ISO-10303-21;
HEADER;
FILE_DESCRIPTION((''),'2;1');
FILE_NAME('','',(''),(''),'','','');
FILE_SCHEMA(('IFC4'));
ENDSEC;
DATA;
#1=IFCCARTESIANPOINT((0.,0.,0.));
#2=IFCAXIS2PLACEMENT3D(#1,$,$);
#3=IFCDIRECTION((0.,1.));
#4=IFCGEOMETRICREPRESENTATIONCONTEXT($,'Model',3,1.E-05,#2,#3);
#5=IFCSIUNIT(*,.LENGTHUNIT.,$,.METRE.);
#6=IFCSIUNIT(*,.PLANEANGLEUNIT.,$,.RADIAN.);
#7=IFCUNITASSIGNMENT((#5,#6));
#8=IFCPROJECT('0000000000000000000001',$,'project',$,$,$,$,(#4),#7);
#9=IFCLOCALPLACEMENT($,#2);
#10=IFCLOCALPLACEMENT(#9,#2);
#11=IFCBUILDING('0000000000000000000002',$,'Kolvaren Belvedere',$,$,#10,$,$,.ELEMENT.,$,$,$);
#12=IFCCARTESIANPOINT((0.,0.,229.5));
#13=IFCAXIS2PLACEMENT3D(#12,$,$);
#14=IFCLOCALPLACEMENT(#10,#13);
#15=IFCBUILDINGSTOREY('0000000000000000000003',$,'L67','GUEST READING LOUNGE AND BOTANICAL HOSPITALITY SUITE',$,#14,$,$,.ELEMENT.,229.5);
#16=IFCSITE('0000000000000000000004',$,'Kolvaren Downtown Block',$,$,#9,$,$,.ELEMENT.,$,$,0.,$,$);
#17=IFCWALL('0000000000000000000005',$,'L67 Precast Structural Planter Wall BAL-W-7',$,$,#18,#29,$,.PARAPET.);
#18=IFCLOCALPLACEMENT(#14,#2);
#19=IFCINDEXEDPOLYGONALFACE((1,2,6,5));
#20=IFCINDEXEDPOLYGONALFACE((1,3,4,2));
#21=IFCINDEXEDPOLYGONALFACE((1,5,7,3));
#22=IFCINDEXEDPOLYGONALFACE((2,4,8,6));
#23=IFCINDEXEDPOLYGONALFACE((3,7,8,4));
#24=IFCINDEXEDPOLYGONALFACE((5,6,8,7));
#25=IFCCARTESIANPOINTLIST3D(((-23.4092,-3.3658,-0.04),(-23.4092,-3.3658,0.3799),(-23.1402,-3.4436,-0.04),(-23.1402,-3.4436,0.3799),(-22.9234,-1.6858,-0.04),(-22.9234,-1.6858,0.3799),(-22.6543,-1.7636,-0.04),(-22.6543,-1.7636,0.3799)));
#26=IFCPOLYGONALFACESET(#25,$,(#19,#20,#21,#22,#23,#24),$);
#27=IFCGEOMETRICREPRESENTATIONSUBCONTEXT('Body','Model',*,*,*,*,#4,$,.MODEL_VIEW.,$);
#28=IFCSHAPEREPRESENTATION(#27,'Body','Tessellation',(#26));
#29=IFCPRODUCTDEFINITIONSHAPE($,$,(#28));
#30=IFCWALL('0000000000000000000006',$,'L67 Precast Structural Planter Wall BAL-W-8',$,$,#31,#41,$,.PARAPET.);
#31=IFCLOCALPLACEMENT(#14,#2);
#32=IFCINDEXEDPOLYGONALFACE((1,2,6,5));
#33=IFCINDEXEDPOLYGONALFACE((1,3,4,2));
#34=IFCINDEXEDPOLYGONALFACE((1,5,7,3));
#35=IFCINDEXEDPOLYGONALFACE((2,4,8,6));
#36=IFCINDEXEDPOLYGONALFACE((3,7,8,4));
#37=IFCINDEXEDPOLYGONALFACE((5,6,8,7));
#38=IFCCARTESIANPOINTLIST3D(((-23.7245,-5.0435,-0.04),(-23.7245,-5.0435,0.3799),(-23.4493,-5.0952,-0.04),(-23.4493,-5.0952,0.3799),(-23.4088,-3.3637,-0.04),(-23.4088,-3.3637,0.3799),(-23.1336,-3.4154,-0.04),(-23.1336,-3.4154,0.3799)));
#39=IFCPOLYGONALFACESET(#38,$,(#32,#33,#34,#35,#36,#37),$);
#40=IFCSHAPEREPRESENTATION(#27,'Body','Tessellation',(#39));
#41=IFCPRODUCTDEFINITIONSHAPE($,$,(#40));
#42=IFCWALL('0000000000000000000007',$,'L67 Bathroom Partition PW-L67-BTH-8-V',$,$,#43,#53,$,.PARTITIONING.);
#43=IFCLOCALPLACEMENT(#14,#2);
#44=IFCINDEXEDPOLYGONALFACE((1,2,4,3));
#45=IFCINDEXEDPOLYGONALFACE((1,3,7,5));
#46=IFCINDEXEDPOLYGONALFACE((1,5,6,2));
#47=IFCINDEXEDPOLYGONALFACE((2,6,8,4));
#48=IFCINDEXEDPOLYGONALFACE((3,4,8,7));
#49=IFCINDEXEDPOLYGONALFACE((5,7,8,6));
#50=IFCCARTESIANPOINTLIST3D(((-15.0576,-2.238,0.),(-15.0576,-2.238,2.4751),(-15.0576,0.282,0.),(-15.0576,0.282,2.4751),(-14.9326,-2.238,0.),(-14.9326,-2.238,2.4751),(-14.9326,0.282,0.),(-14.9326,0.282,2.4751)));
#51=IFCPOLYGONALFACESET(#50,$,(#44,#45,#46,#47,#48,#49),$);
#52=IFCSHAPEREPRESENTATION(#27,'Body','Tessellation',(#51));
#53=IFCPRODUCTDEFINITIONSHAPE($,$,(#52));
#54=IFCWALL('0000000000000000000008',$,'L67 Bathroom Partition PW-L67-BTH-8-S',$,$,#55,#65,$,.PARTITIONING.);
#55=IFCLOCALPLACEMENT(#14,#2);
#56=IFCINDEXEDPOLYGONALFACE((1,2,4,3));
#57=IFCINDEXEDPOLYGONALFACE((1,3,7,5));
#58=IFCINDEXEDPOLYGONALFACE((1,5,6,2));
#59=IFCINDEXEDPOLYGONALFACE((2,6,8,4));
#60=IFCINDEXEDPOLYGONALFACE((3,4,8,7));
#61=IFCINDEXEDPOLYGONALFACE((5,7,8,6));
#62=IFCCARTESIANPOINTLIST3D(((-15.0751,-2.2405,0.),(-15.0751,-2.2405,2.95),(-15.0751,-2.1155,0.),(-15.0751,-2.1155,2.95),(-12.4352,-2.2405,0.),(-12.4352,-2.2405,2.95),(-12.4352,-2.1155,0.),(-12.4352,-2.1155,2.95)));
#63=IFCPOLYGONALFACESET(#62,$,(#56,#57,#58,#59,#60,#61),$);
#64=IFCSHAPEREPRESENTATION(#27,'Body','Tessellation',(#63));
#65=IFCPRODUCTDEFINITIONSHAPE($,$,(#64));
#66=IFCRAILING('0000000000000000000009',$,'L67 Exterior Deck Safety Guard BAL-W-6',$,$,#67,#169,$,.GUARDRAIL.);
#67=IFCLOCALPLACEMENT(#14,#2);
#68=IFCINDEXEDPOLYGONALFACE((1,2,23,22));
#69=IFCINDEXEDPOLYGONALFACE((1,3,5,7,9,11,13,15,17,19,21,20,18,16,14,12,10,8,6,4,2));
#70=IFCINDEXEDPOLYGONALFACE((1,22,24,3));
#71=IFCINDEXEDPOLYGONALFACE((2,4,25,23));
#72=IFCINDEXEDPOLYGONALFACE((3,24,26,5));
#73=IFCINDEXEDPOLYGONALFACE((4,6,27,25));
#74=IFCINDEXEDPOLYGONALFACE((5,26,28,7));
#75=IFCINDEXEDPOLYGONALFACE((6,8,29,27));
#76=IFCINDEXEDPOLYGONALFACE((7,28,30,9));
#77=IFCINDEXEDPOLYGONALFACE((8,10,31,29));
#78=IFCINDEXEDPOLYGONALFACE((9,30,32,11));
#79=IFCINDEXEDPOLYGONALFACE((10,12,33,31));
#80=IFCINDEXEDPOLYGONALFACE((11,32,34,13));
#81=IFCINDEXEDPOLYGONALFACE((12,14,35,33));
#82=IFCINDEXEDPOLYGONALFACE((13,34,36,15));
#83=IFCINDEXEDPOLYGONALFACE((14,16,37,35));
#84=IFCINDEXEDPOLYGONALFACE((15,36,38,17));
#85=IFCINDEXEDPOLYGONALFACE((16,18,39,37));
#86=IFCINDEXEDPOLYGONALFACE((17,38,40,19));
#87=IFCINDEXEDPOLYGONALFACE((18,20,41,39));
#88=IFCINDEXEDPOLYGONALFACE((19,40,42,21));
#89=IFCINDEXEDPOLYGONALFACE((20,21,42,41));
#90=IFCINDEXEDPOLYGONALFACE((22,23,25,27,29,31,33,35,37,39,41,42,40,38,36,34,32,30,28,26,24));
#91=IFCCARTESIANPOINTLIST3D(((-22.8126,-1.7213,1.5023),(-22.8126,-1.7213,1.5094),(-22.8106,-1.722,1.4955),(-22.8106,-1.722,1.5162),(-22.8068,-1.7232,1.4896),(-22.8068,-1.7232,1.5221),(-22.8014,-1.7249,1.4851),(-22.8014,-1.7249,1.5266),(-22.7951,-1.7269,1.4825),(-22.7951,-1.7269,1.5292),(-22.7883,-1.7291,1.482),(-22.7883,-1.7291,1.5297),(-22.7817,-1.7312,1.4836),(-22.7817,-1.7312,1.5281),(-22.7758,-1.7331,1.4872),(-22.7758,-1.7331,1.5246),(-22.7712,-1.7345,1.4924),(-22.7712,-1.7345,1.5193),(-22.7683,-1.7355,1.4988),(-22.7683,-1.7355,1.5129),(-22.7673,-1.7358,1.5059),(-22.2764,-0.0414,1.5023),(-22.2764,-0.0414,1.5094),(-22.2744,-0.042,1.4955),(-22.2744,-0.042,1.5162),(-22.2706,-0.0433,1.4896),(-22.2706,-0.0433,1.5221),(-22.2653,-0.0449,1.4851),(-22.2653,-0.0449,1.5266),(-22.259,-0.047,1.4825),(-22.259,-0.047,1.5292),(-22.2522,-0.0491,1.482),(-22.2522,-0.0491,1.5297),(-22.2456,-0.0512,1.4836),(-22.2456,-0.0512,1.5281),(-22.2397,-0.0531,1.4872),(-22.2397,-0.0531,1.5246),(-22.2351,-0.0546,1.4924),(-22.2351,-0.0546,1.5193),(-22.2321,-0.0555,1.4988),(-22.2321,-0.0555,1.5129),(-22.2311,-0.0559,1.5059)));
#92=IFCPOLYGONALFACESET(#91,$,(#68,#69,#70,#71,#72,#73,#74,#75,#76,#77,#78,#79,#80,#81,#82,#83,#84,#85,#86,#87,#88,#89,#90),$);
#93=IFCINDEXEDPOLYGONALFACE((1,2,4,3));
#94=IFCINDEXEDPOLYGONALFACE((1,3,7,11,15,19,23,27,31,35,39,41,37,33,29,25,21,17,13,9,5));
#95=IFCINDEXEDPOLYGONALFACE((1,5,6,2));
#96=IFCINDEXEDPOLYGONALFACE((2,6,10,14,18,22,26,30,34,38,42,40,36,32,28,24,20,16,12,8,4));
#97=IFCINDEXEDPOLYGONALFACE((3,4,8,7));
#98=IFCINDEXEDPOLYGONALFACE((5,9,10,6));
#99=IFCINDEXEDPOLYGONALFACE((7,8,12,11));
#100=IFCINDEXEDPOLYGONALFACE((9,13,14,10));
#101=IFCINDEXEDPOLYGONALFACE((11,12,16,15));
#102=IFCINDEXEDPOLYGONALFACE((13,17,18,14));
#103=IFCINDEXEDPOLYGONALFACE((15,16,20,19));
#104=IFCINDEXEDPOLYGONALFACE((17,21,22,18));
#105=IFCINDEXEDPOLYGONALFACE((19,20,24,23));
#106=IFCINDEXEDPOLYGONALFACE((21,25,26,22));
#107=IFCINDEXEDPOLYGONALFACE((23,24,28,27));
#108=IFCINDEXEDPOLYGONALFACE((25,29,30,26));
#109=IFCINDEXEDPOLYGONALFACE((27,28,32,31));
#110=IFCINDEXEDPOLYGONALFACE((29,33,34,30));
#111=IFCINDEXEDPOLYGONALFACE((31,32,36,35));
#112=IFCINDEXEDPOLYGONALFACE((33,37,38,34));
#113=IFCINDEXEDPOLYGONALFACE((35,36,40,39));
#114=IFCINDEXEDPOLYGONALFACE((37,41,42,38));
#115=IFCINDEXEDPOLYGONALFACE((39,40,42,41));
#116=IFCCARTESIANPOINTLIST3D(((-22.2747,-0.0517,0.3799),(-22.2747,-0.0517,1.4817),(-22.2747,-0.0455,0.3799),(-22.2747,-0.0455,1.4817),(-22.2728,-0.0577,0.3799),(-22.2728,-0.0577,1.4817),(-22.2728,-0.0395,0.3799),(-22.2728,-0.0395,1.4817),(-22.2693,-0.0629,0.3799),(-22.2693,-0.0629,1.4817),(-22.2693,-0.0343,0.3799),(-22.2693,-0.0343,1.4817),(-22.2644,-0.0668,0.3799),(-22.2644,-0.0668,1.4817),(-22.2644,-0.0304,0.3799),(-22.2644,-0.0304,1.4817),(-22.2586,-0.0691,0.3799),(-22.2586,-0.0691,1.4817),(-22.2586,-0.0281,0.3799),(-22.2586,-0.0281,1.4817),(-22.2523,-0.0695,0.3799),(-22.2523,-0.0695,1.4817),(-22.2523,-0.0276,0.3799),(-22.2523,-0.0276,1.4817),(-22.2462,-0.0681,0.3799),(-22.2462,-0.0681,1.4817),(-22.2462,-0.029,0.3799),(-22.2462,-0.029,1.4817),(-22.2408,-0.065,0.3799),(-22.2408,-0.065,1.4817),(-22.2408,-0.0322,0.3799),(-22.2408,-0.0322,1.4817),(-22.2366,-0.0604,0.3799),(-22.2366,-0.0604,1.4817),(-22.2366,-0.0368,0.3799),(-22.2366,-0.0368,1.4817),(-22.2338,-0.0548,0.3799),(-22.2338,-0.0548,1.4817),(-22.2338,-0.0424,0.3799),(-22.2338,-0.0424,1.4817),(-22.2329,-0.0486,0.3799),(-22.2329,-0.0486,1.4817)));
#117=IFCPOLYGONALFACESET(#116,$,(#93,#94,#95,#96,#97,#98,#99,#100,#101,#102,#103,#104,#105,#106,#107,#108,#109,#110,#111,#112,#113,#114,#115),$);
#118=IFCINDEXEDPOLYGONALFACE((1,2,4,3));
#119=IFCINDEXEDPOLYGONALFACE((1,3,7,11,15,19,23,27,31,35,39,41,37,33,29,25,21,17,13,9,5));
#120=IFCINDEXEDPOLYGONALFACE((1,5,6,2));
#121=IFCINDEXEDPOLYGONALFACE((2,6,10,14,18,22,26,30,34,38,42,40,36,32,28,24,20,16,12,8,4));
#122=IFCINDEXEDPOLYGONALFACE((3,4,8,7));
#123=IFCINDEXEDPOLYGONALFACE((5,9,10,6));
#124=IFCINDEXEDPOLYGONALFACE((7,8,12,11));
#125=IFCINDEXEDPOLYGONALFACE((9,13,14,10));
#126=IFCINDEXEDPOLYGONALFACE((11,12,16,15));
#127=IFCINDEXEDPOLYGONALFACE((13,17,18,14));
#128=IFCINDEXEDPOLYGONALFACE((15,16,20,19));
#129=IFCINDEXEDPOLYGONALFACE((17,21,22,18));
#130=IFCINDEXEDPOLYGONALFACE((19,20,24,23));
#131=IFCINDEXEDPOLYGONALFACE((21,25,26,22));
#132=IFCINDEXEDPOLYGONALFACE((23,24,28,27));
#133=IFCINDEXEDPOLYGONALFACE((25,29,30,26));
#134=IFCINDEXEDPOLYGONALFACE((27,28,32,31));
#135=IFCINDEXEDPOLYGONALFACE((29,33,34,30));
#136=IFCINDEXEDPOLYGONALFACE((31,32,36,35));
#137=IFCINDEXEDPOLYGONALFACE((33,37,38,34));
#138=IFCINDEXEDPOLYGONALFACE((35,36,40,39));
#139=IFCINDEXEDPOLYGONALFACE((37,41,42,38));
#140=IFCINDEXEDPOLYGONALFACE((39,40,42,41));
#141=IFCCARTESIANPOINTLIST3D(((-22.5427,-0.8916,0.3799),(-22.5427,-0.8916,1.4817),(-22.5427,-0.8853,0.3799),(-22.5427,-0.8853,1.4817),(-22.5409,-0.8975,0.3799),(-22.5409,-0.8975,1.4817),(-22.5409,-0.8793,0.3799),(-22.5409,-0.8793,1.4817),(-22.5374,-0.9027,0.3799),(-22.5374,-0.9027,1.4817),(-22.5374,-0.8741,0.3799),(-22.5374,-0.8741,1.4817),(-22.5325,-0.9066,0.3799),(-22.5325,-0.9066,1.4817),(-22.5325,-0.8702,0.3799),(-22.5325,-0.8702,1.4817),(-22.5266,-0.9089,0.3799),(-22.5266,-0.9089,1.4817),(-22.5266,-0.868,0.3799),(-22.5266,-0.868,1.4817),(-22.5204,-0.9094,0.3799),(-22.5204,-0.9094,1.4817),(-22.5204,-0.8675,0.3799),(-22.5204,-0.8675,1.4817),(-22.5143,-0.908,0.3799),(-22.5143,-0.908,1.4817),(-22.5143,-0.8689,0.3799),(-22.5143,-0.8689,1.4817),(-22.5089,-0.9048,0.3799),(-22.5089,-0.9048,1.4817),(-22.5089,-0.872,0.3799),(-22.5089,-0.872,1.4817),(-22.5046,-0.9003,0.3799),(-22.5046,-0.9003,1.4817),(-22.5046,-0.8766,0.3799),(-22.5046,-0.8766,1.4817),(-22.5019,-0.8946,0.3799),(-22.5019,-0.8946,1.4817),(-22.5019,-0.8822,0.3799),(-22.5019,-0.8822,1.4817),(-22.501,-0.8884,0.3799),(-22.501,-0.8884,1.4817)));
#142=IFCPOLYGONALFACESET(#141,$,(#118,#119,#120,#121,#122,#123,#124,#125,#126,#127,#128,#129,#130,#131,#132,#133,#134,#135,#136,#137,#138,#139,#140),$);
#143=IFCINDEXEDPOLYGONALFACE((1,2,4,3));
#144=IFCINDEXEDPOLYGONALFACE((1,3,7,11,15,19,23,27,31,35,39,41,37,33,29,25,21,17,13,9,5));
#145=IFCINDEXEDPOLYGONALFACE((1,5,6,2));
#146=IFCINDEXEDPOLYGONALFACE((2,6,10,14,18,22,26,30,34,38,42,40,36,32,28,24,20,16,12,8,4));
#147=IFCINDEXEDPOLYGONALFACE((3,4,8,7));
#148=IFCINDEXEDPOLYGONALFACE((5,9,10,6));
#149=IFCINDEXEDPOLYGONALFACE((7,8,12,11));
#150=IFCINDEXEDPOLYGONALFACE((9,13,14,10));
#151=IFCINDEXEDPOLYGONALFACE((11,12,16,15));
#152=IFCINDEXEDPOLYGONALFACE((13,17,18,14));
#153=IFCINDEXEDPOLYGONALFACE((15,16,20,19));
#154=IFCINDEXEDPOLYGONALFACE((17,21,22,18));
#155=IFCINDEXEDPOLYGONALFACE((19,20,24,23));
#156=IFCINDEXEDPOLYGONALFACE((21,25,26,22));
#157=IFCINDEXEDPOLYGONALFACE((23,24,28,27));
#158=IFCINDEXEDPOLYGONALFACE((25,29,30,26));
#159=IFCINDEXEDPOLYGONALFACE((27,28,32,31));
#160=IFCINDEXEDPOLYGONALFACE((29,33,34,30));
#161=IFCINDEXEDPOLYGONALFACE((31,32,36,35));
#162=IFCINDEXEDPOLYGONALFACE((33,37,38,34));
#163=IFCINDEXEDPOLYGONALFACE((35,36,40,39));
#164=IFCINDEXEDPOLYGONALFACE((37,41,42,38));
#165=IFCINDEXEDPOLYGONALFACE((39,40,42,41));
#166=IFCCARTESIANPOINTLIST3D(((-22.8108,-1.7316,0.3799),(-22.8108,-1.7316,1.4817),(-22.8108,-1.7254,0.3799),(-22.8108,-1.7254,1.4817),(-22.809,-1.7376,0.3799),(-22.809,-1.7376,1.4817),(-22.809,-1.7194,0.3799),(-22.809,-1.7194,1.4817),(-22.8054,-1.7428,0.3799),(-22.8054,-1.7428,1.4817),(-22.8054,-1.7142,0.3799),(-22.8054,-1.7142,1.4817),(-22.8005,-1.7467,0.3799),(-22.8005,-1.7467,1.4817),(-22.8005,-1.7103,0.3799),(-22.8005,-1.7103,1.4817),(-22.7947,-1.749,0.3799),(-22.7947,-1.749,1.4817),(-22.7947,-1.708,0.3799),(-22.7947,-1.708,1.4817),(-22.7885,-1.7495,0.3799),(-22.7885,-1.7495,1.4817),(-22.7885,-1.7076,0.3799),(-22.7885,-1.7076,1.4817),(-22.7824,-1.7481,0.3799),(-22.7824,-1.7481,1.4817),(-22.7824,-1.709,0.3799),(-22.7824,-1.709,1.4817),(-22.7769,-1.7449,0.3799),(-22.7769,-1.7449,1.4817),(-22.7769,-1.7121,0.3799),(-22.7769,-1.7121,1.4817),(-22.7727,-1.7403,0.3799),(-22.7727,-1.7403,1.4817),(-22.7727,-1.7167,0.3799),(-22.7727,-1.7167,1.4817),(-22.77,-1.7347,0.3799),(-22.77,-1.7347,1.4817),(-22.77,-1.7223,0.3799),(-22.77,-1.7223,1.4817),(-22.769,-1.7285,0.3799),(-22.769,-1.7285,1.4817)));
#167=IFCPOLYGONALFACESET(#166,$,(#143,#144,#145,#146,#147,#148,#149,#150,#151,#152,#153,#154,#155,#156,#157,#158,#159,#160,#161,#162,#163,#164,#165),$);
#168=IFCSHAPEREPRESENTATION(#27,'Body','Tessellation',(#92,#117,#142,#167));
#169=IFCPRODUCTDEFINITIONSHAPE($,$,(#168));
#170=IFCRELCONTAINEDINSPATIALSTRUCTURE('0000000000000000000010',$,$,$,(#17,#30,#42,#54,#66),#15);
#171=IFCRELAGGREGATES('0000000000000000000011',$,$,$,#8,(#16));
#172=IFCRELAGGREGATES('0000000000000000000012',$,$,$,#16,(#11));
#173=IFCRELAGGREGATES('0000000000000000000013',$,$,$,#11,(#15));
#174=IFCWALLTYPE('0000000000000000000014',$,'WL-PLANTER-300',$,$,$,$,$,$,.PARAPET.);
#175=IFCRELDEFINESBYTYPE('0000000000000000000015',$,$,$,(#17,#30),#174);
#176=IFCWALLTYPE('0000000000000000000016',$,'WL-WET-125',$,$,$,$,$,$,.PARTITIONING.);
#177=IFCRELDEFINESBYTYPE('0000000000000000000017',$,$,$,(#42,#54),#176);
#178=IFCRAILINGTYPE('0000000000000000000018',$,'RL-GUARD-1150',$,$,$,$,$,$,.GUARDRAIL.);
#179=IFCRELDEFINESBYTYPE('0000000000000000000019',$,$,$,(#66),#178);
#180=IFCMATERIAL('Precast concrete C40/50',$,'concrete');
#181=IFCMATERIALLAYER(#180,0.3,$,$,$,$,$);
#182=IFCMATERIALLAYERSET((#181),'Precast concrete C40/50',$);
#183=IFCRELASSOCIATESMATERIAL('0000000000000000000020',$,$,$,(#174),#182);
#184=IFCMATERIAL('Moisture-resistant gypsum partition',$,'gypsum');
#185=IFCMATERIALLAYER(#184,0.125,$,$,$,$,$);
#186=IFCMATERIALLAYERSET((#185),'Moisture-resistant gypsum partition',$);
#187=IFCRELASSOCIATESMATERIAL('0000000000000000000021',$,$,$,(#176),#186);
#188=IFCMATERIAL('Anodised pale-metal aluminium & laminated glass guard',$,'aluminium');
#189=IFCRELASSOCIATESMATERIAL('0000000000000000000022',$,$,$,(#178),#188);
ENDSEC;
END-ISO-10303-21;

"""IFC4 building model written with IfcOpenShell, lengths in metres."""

from ifc_helpers import new_model, si_unit, direction, frame, frame_2d, origin, origin_2d, place, context, subcontext, project, spatial, rectangle, circle, extrude, material, layer, layer_set, type_object, element, save


model = new_model("IFC4")

# Units and contexts
model_context = context("Model", 3, precision=1e-05, world=origin(), true_north=direction((0.0, 1.0)))
body_context = subcontext(model_context, "Body", "Model", "MODEL_VIEW")
ifc_project = project(units=[si_unit("LENGTHUNIT", "METRE"), si_unit("PLANEANGLEUNIT", "RADIAN")], contexts=[model_context])

# Site, building, storey
site_placement = place(None, origin())
site = spatial("IfcSite", under=ifc_project, at=site_placement, Name="Kolvaren Downtown Block", CompositionType="ELEMENT", RefElevation=0.0)
building_placement = place(site_placement, origin())
building = spatial("IfcBuilding", under=site, at=building_placement, Name="Kolvaren Belvedere", CompositionType="ELEMENT")
storey_placement = place(building_placement, frame((0.0, 0.0, 229.5)))
storey = spatial("IfcBuildingStorey", under=building, at=storey_placement, Name="L67", Description="GUEST READING LOUNGE AND BOTANICAL HOSPITALITY SUITE", CompositionType="ELEMENT", Elevation=229.5)

# Walls
ifc_material_1 = material(Name="Precast concrete C40/50", Category="concrete")
ifc_layer_1 = layer(ifc_material_1, 0.3)
ifc_layer_set_1 = layer_set([ifc_layer_1], Name="Precast concrete C40/50")
wall_type_1 = type_object("IfcWallType", Name="WL-PLANTER-300", PredefinedType="PARAPET", material=ifc_layer_set_1)
wall_1_placement = place(storey_placement, frame((-22.7888, -1.7246, -0.04), z_axis=(0.0, 0.0, 1.0), x_axis=(-0.277817, -0.960634, 0.0)))
element("IfcWall", 1, at=wall_1_placement, inside=storey, type_object=wall_type_1, Name="L67 Precast Structural Planter Wall BAL-W-7", PredefinedType="PARAPET", context=body_context, shape_type="SweptSolid", body=[
    extrude(rectangle(XDim=1.7488, YDim=0.28, at=frame_2d((0.8745, 0.0))), origin(), (0.0, 0.0, 1.0), 0.4199),
])
wall_2_placement = place(storey_placement, frame((-23.2712, -3.3896, -0.04), z_axis=(0.0, 0.0, 1.0), x_axis=(-0.184677, -0.982799, 0.0)))
element("IfcWall", 2, at=wall_2_placement, inside=storey, type_object=wall_type_1, Name="L67 Precast Structural Planter Wall BAL-W-8", PredefinedType="PARAPET", context=body_context, shape_type="SweptSolid", body=[
    extrude(rectangle(XDim=1.7092, YDim=0.28, at=frame_2d((0.8545, 0.0))), origin(), (0.0, 0.0, 1.0), 0.4199),
])
ifc_material_2 = material(Name="Moisture-resistant gypsum partition", Category="gypsum")
ifc_layer_2 = layer(ifc_material_2, 0.125)
ifc_layer_set_2 = layer_set([ifc_layer_2], Name="Moisture-resistant gypsum partition")
wall_type_2 = type_object("IfcWallType", Name="WL-WET-125", PredefinedType="PARTITIONING", material=ifc_layer_set_2)
wall_3_placement = place(storey_placement, frame((-14.9951, -2.238, 0.0), z_axis=(0.0, 0.0, 1.0), x_axis=(0.0, 1.0, 0.0)))
element("IfcWall", 3, at=wall_3_placement, inside=storey, type_object=wall_type_2, Name="L67 Bathroom Partition PW-L67-BTH-8-V", PredefinedType="PARTITIONING", context=body_context, shape_type="SweptSolid", body=[
    extrude(rectangle(XDim=2.52, YDim=0.125, at=frame_2d((1.26, 0.0))), origin(), (0.0, 0.0, 1.0), 2.4751),
])
wall_4_placement = place(storey_placement, frame((-15.075, -2.178, 0.0), z_axis=(0.0, 0.0, 1.0), x_axis=(1.0, 0.0, 0.0)))
element("IfcWall", 4, at=wall_4_placement, inside=storey, type_object=wall_type_2, Name="L67 Bathroom Partition PW-L67-BTH-8-S", PredefinedType="PARTITIONING", context=body_context, shape_type="SweptSolid", body=[
    extrude(rectangle(XDim=2.6399, YDim=0.125, at=frame_2d((1.3198, 0.0))), origin(), (0.0, 0.0, 1.0), 2.95),
])

# Railing
ifc_material_3 = material(Name="Anodised pale-metal aluminium & laminated glass guard", Category="aluminium")
railing_type = type_object("IfcRailingType", Name="RL-GUARD-1150", PredefinedType="GUARDRAIL", material=ifc_material_3)
railing_1_placement = place(storey_placement, frame((-22.2539, -0.0486, 0.3799)))
element("IfcRailing", 5, at=railing_1_placement, inside=storey, type_object=railing_type, Name="L67 Exterior Deck Safety Guard BAL-W-6", PredefinedType="GUARDRAIL", context=body_context, shape_type="SweptSolid", body=[
    extrude(circle(Radius=0.0239, at=origin_2d()), frame((0.0, 0.0, 1.126), z_axis=(-0.304032, -0.952662, 0.0), x_axis=(0.952662, -0.304032, 0.0)), (0.0, 0.0, 1.0), 1.7634),
    extrude(circle(Radius=0.021, at=origin_2d()), origin(), (0.0, 0.0, 1.0), 1.1018),
    extrude(circle(Radius=0.021, at=origin_2d()), frame((-0.2681, -0.8398, 0.0)), (0.0, 0.0, 1.0), 1.1018),
    extrude(circle(Radius=0.021, at=origin_2d()), frame((-0.5361, -1.6799, 0.0)), (0.0, 0.0, 1.0), 1.1018),
])

save(model, "model.ifc")
